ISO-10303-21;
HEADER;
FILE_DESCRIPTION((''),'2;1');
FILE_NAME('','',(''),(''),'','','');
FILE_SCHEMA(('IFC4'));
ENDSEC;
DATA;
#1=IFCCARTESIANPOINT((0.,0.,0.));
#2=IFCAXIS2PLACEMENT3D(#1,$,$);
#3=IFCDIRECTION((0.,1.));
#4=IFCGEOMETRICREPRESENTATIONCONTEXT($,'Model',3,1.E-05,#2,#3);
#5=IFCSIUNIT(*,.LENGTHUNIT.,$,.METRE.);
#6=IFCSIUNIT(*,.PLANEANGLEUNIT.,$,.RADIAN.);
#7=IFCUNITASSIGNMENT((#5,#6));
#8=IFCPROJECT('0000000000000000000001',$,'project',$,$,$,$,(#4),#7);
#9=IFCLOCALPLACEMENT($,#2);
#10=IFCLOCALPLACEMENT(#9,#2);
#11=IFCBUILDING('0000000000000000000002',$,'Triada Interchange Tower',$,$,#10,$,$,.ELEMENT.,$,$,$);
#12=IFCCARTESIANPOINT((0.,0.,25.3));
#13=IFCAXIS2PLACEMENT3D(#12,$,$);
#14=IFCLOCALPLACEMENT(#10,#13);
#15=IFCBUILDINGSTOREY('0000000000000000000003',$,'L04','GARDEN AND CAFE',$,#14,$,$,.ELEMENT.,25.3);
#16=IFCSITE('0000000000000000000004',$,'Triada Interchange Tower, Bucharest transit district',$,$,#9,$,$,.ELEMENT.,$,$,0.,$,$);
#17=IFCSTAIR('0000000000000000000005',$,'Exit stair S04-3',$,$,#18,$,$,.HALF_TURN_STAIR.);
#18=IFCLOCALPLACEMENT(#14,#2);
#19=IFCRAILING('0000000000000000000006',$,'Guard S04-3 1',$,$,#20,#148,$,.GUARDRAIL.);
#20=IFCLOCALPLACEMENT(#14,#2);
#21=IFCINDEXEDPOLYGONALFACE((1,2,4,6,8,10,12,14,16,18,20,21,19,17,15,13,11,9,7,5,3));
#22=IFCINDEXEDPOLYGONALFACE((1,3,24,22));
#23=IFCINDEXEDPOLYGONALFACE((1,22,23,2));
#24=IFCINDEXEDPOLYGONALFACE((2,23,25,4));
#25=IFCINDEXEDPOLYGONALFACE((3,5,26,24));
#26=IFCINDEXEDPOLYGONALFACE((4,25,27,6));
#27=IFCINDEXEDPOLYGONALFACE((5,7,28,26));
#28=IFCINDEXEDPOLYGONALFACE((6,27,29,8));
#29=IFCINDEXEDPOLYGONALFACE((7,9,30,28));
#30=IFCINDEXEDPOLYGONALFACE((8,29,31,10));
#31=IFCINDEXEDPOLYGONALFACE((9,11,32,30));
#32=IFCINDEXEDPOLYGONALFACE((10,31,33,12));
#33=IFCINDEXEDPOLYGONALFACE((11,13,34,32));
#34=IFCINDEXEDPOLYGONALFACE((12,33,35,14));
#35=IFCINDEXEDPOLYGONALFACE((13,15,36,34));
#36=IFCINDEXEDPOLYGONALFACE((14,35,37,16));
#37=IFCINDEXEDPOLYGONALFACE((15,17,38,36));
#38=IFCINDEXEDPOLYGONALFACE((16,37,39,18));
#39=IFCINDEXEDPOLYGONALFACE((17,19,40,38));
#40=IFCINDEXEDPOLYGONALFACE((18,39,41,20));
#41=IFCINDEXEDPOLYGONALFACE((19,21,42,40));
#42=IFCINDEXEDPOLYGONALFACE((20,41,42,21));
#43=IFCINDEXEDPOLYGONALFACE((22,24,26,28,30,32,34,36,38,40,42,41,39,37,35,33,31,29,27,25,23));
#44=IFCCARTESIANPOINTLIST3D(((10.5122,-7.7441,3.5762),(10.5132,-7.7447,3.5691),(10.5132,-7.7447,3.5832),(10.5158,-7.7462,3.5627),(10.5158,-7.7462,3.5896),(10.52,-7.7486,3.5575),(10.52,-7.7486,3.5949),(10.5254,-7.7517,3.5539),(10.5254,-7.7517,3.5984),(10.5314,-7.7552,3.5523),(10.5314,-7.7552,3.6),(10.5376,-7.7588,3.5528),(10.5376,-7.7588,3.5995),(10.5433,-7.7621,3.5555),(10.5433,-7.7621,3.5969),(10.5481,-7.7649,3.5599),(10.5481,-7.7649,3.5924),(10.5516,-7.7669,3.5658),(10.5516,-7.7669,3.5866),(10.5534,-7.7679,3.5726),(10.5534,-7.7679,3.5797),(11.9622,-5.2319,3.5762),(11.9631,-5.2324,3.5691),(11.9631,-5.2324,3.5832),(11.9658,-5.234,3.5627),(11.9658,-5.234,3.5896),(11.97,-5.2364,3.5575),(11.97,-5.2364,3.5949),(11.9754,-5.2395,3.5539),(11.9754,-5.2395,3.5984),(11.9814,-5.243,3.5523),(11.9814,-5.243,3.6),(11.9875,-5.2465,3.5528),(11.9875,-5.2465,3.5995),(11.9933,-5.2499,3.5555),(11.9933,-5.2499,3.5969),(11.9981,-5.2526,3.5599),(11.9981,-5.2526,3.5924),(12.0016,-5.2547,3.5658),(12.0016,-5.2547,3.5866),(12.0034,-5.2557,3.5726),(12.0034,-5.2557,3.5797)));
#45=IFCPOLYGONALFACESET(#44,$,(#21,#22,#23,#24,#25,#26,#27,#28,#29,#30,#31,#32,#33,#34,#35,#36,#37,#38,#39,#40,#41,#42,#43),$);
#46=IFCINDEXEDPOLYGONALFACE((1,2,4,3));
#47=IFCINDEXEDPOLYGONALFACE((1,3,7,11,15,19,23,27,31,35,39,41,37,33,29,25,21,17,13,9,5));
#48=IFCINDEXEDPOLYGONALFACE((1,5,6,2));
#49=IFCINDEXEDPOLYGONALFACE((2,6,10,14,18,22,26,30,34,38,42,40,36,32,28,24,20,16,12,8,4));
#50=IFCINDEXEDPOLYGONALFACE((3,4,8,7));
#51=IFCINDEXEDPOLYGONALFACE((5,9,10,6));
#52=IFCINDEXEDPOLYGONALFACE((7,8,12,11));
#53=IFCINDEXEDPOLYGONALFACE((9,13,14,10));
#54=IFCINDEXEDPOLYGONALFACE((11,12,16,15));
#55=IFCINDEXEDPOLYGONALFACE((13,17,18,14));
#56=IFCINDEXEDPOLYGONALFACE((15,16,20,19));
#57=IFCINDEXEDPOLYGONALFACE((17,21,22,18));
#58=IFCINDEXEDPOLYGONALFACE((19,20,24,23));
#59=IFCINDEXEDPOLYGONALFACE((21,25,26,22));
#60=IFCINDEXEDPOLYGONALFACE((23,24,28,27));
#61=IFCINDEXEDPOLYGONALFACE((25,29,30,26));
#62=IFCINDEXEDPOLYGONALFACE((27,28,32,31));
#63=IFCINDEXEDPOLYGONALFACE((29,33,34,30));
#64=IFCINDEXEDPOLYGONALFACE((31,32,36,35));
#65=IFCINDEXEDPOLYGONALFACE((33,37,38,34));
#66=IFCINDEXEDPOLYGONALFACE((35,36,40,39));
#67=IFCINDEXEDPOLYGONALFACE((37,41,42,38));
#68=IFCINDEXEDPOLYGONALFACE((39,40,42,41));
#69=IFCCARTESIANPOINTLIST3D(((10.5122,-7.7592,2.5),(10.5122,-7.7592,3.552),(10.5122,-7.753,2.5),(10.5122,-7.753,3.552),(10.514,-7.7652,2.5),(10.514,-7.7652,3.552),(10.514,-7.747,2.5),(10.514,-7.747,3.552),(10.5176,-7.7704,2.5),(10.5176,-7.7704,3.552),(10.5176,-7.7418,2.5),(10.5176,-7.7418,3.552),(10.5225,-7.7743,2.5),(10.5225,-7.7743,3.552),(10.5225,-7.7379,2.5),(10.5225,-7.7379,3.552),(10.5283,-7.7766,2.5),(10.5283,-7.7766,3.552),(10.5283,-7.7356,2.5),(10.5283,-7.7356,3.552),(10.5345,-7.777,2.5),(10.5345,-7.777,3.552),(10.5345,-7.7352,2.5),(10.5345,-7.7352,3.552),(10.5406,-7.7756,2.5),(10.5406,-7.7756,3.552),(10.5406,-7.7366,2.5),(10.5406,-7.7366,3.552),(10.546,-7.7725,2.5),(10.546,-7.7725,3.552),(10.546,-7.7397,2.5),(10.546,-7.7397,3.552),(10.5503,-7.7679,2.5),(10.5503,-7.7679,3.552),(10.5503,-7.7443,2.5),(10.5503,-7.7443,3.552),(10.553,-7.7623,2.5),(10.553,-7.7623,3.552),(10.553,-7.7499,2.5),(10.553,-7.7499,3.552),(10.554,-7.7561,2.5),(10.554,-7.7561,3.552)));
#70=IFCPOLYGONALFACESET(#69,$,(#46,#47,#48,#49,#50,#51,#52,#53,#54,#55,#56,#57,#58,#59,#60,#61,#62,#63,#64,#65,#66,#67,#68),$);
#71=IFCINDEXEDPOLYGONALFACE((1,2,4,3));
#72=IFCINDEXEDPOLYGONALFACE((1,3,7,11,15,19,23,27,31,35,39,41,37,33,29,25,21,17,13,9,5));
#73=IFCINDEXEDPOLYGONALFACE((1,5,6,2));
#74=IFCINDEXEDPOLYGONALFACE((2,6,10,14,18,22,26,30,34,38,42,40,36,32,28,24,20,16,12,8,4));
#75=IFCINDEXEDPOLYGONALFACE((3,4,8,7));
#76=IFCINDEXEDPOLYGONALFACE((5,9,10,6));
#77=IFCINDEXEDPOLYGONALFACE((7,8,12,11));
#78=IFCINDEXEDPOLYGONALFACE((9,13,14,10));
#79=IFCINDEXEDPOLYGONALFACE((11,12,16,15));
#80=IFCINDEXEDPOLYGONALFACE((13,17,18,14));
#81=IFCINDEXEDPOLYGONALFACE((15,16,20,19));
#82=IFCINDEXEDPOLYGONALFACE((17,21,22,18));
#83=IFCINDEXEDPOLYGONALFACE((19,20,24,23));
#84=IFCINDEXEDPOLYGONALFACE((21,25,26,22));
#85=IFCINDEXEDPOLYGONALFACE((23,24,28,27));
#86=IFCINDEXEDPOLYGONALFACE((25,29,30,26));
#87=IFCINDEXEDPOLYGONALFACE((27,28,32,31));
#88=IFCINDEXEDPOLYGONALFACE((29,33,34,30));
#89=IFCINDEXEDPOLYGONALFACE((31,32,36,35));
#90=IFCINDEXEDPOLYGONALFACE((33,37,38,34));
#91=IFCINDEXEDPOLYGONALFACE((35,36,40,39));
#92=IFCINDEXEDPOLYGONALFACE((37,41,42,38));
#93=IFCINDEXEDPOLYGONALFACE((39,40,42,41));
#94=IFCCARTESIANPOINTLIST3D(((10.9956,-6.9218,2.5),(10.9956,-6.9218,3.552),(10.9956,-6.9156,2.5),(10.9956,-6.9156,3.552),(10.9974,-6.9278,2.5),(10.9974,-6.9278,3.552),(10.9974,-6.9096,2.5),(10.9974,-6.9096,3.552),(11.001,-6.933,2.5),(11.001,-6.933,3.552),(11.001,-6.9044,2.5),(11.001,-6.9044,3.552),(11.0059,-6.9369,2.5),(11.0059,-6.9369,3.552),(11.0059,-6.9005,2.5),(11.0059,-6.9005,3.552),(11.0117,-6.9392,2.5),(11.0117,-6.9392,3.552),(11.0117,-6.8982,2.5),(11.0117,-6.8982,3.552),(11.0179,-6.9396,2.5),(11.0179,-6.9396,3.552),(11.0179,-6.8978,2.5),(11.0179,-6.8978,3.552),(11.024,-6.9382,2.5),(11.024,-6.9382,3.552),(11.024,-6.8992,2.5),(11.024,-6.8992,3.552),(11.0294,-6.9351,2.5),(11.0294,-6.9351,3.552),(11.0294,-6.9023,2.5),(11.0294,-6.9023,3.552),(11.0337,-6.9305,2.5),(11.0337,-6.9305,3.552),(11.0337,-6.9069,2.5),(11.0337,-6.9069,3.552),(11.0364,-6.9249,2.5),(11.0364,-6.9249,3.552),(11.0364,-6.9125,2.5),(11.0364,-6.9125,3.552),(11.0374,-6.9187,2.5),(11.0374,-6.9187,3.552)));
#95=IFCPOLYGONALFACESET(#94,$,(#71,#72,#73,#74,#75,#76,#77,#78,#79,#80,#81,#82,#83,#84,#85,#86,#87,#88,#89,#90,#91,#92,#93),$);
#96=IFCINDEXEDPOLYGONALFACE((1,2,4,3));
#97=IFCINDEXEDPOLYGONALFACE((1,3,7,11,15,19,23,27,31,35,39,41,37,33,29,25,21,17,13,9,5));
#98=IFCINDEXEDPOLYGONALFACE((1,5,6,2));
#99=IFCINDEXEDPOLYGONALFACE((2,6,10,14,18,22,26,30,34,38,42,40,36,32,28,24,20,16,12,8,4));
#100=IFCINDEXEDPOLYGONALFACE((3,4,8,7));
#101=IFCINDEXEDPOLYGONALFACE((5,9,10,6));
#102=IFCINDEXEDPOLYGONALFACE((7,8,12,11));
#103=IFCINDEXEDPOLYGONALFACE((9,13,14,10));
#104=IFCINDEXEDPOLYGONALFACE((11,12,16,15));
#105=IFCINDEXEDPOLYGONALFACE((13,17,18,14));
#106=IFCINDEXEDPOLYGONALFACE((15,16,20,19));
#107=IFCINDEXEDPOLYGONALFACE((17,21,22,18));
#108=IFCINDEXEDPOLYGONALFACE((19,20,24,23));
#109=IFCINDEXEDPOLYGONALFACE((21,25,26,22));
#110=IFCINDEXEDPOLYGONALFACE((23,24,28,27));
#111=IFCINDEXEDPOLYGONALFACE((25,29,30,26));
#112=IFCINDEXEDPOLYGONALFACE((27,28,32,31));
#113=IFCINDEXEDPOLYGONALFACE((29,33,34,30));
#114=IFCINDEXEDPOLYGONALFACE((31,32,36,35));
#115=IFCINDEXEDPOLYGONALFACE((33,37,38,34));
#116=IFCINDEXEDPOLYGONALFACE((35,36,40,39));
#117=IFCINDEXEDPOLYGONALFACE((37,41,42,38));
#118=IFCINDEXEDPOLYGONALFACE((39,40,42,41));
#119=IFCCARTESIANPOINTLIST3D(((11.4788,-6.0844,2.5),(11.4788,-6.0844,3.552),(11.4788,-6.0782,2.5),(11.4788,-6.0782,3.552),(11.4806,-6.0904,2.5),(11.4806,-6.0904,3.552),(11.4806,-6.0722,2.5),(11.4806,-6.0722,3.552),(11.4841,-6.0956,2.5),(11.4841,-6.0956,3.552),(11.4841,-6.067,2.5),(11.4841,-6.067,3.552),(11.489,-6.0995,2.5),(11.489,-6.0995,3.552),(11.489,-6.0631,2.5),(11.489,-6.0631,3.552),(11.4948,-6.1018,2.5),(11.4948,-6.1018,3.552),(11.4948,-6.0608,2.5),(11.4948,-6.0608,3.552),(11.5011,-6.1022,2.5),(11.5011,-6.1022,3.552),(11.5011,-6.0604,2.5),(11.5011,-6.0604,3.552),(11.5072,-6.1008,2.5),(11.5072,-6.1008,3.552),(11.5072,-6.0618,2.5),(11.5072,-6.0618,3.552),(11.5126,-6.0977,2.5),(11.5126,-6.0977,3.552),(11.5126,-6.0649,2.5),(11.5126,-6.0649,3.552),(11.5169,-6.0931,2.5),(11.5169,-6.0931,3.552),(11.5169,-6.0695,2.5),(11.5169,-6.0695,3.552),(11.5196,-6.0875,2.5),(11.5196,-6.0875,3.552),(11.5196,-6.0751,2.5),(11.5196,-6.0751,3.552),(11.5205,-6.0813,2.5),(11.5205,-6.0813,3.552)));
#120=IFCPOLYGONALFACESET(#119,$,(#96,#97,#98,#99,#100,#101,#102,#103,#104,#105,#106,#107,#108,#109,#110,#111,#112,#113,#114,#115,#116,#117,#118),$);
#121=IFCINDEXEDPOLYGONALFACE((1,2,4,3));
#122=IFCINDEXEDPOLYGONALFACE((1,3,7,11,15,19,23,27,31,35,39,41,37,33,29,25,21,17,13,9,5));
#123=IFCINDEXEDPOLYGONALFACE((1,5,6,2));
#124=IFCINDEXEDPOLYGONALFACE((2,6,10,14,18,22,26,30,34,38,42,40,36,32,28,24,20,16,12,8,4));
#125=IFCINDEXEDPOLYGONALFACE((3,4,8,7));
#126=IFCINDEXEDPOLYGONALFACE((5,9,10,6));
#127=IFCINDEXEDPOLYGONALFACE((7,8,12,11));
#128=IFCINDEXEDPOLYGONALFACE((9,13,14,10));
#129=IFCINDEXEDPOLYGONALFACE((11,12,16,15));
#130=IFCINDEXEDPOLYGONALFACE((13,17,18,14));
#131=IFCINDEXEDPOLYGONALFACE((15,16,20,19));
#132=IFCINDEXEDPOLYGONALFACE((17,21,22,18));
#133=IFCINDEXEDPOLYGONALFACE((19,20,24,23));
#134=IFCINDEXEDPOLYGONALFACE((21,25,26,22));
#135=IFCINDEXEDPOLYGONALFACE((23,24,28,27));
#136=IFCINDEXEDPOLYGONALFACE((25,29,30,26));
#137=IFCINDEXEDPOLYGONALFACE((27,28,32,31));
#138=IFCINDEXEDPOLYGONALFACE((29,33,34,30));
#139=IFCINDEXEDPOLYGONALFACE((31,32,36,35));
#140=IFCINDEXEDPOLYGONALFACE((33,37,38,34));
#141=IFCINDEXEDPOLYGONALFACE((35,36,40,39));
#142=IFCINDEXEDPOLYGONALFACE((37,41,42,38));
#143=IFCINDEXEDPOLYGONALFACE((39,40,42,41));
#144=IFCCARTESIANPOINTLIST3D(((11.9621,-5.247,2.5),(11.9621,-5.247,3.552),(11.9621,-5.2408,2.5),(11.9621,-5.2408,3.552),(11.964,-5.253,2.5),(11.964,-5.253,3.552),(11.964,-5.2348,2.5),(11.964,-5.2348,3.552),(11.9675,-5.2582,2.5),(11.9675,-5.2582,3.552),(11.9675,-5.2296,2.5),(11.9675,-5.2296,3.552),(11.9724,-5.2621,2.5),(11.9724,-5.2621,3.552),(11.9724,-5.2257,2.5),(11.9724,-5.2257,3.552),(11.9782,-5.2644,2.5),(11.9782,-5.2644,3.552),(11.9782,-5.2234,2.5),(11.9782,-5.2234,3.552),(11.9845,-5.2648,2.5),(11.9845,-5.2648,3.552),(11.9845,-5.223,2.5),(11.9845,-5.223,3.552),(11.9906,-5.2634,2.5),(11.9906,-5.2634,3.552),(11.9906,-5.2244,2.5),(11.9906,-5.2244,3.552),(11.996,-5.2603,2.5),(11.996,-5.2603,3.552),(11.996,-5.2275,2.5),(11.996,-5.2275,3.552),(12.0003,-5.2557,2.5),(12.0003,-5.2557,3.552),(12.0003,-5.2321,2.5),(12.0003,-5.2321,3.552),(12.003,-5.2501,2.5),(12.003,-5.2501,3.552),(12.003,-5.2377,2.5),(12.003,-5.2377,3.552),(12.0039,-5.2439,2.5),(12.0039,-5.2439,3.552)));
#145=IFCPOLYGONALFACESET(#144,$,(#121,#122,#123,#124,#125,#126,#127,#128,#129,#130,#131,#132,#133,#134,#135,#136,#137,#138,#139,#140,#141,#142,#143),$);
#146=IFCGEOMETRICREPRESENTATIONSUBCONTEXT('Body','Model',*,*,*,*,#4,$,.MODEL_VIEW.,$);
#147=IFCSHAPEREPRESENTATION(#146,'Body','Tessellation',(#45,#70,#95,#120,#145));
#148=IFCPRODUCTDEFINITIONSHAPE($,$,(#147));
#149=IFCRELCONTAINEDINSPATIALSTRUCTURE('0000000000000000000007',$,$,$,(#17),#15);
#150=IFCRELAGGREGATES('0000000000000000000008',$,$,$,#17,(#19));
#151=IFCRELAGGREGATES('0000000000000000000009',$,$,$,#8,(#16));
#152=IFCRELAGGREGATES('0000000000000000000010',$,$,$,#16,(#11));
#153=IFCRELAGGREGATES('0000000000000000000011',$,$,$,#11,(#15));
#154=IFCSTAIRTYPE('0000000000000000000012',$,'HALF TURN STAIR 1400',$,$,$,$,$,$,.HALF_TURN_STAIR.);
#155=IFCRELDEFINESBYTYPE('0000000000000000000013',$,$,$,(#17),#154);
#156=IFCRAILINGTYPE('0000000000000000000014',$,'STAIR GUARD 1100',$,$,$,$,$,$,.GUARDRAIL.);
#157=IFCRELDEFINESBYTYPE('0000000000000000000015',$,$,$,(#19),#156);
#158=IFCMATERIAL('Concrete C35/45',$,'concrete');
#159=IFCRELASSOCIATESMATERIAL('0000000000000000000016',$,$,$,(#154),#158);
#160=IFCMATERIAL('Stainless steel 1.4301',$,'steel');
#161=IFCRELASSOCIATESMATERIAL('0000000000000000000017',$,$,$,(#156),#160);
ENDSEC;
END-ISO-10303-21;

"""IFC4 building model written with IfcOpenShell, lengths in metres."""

from ifc_helpers import new_model, si_unit, direction, frame, origin, origin_2d, place, context, subcontext, project, spatial, circle, extrude, material, type_object, element, aggregate, save


model = new_model("IFC4")

# Units and contexts
model_context = context("Model", 3, precision=1e-05, world=origin(), true_north=direction((0.0, 1.0)))
body_context = subcontext(model_context, "Body", "Model", "MODEL_VIEW")
ifc_project = project(units=[si_unit("LENGTHUNIT", "METRE"), si_unit("PLANEANGLEUNIT", "RADIAN")], contexts=[model_context])

# Site, building, storey
site_placement = place(None, origin())
site = spatial("IfcSite", under=ifc_project, at=site_placement, Name="Triada Interchange Tower, Bucharest transit district", CompositionType="ELEMENT", RefElevation=0.0)
building_placement = place(site_placement, origin())
building = spatial("IfcBuilding", under=site, at=building_placement, Name="Triada Interchange Tower", CompositionType="ELEMENT")
storey_placement = place(building_placement, frame((0.0, 0.0, 25.3)))
storey = spatial("IfcBuildingStorey", under=building, at=storey_placement, Name="L04", Description="GARDEN AND CAFE", CompositionType="ELEMENT", Elevation=25.3)

# Shared definitions
ifc_material_1 = material(Name="Concrete C35/45", Category="concrete")

# Stair, railing
stair_type = type_object("IfcStairType", Name="HALF TURN STAIR 1400", PredefinedType="HALF_TURN_STAIR", material=ifc_material_1)
stair_placement = place(storey_placement, origin())
stair = element("IfcStair", 1, at=stair_placement, inside=storey, type_object=stair_type, Name="Exit stair S04-3", PredefinedType="HALF_TURN_STAIR")
ifc_material_2 = material(Name="Stainless steel 1.4301", Category="steel")
railing_type_1 = type_object("IfcRailingType", Name="STAIR GUARD 1100", PredefinedType="GUARDRAIL", material=ifc_material_2)
railing_1_placement = place(storey_placement, frame((10.533, -7.7561, 2.5)))
railing_1 = element("IfcRailing", 2, at=railing_1_placement, type_object=railing_type_1, Name="Guard S04-3 1", PredefinedType="GUARDRAIL", context=body_context, shape_type="SweptSolid", body=[
    extrude(circle(Radius=0.0239, at=origin_2d()), frame((0.0, 0.0, 1.0762), z_axis=(0.499878, 0.866096, 0.0), x_axis=(-0.866096, 0.499878, 0.0)), (0.0, 0.0, 1.0), 2.9006),
    extrude(circle(Radius=0.021, at=origin_2d()), origin(), (0.0, 0.0, 1.0), 1.052),
    extrude(circle(Radius=0.021, at=origin_2d()), frame((0.4834, 0.8374, 0.0)), (0.0, 0.0, 1.0), 1.052),
    extrude(circle(Radius=0.021, at=origin_2d()), frame((0.9666, 1.6748, 0.0)), (0.0, 0.0, 1.0), 1.052),
    extrude(circle(Radius=0.021, at=origin_2d()), frame((1.45, 2.5122, 0.0)), (0.0, 0.0, 1.0), 1.052),
])
aggregate(stair, [railing_1])

save(model, "model.ifc")
